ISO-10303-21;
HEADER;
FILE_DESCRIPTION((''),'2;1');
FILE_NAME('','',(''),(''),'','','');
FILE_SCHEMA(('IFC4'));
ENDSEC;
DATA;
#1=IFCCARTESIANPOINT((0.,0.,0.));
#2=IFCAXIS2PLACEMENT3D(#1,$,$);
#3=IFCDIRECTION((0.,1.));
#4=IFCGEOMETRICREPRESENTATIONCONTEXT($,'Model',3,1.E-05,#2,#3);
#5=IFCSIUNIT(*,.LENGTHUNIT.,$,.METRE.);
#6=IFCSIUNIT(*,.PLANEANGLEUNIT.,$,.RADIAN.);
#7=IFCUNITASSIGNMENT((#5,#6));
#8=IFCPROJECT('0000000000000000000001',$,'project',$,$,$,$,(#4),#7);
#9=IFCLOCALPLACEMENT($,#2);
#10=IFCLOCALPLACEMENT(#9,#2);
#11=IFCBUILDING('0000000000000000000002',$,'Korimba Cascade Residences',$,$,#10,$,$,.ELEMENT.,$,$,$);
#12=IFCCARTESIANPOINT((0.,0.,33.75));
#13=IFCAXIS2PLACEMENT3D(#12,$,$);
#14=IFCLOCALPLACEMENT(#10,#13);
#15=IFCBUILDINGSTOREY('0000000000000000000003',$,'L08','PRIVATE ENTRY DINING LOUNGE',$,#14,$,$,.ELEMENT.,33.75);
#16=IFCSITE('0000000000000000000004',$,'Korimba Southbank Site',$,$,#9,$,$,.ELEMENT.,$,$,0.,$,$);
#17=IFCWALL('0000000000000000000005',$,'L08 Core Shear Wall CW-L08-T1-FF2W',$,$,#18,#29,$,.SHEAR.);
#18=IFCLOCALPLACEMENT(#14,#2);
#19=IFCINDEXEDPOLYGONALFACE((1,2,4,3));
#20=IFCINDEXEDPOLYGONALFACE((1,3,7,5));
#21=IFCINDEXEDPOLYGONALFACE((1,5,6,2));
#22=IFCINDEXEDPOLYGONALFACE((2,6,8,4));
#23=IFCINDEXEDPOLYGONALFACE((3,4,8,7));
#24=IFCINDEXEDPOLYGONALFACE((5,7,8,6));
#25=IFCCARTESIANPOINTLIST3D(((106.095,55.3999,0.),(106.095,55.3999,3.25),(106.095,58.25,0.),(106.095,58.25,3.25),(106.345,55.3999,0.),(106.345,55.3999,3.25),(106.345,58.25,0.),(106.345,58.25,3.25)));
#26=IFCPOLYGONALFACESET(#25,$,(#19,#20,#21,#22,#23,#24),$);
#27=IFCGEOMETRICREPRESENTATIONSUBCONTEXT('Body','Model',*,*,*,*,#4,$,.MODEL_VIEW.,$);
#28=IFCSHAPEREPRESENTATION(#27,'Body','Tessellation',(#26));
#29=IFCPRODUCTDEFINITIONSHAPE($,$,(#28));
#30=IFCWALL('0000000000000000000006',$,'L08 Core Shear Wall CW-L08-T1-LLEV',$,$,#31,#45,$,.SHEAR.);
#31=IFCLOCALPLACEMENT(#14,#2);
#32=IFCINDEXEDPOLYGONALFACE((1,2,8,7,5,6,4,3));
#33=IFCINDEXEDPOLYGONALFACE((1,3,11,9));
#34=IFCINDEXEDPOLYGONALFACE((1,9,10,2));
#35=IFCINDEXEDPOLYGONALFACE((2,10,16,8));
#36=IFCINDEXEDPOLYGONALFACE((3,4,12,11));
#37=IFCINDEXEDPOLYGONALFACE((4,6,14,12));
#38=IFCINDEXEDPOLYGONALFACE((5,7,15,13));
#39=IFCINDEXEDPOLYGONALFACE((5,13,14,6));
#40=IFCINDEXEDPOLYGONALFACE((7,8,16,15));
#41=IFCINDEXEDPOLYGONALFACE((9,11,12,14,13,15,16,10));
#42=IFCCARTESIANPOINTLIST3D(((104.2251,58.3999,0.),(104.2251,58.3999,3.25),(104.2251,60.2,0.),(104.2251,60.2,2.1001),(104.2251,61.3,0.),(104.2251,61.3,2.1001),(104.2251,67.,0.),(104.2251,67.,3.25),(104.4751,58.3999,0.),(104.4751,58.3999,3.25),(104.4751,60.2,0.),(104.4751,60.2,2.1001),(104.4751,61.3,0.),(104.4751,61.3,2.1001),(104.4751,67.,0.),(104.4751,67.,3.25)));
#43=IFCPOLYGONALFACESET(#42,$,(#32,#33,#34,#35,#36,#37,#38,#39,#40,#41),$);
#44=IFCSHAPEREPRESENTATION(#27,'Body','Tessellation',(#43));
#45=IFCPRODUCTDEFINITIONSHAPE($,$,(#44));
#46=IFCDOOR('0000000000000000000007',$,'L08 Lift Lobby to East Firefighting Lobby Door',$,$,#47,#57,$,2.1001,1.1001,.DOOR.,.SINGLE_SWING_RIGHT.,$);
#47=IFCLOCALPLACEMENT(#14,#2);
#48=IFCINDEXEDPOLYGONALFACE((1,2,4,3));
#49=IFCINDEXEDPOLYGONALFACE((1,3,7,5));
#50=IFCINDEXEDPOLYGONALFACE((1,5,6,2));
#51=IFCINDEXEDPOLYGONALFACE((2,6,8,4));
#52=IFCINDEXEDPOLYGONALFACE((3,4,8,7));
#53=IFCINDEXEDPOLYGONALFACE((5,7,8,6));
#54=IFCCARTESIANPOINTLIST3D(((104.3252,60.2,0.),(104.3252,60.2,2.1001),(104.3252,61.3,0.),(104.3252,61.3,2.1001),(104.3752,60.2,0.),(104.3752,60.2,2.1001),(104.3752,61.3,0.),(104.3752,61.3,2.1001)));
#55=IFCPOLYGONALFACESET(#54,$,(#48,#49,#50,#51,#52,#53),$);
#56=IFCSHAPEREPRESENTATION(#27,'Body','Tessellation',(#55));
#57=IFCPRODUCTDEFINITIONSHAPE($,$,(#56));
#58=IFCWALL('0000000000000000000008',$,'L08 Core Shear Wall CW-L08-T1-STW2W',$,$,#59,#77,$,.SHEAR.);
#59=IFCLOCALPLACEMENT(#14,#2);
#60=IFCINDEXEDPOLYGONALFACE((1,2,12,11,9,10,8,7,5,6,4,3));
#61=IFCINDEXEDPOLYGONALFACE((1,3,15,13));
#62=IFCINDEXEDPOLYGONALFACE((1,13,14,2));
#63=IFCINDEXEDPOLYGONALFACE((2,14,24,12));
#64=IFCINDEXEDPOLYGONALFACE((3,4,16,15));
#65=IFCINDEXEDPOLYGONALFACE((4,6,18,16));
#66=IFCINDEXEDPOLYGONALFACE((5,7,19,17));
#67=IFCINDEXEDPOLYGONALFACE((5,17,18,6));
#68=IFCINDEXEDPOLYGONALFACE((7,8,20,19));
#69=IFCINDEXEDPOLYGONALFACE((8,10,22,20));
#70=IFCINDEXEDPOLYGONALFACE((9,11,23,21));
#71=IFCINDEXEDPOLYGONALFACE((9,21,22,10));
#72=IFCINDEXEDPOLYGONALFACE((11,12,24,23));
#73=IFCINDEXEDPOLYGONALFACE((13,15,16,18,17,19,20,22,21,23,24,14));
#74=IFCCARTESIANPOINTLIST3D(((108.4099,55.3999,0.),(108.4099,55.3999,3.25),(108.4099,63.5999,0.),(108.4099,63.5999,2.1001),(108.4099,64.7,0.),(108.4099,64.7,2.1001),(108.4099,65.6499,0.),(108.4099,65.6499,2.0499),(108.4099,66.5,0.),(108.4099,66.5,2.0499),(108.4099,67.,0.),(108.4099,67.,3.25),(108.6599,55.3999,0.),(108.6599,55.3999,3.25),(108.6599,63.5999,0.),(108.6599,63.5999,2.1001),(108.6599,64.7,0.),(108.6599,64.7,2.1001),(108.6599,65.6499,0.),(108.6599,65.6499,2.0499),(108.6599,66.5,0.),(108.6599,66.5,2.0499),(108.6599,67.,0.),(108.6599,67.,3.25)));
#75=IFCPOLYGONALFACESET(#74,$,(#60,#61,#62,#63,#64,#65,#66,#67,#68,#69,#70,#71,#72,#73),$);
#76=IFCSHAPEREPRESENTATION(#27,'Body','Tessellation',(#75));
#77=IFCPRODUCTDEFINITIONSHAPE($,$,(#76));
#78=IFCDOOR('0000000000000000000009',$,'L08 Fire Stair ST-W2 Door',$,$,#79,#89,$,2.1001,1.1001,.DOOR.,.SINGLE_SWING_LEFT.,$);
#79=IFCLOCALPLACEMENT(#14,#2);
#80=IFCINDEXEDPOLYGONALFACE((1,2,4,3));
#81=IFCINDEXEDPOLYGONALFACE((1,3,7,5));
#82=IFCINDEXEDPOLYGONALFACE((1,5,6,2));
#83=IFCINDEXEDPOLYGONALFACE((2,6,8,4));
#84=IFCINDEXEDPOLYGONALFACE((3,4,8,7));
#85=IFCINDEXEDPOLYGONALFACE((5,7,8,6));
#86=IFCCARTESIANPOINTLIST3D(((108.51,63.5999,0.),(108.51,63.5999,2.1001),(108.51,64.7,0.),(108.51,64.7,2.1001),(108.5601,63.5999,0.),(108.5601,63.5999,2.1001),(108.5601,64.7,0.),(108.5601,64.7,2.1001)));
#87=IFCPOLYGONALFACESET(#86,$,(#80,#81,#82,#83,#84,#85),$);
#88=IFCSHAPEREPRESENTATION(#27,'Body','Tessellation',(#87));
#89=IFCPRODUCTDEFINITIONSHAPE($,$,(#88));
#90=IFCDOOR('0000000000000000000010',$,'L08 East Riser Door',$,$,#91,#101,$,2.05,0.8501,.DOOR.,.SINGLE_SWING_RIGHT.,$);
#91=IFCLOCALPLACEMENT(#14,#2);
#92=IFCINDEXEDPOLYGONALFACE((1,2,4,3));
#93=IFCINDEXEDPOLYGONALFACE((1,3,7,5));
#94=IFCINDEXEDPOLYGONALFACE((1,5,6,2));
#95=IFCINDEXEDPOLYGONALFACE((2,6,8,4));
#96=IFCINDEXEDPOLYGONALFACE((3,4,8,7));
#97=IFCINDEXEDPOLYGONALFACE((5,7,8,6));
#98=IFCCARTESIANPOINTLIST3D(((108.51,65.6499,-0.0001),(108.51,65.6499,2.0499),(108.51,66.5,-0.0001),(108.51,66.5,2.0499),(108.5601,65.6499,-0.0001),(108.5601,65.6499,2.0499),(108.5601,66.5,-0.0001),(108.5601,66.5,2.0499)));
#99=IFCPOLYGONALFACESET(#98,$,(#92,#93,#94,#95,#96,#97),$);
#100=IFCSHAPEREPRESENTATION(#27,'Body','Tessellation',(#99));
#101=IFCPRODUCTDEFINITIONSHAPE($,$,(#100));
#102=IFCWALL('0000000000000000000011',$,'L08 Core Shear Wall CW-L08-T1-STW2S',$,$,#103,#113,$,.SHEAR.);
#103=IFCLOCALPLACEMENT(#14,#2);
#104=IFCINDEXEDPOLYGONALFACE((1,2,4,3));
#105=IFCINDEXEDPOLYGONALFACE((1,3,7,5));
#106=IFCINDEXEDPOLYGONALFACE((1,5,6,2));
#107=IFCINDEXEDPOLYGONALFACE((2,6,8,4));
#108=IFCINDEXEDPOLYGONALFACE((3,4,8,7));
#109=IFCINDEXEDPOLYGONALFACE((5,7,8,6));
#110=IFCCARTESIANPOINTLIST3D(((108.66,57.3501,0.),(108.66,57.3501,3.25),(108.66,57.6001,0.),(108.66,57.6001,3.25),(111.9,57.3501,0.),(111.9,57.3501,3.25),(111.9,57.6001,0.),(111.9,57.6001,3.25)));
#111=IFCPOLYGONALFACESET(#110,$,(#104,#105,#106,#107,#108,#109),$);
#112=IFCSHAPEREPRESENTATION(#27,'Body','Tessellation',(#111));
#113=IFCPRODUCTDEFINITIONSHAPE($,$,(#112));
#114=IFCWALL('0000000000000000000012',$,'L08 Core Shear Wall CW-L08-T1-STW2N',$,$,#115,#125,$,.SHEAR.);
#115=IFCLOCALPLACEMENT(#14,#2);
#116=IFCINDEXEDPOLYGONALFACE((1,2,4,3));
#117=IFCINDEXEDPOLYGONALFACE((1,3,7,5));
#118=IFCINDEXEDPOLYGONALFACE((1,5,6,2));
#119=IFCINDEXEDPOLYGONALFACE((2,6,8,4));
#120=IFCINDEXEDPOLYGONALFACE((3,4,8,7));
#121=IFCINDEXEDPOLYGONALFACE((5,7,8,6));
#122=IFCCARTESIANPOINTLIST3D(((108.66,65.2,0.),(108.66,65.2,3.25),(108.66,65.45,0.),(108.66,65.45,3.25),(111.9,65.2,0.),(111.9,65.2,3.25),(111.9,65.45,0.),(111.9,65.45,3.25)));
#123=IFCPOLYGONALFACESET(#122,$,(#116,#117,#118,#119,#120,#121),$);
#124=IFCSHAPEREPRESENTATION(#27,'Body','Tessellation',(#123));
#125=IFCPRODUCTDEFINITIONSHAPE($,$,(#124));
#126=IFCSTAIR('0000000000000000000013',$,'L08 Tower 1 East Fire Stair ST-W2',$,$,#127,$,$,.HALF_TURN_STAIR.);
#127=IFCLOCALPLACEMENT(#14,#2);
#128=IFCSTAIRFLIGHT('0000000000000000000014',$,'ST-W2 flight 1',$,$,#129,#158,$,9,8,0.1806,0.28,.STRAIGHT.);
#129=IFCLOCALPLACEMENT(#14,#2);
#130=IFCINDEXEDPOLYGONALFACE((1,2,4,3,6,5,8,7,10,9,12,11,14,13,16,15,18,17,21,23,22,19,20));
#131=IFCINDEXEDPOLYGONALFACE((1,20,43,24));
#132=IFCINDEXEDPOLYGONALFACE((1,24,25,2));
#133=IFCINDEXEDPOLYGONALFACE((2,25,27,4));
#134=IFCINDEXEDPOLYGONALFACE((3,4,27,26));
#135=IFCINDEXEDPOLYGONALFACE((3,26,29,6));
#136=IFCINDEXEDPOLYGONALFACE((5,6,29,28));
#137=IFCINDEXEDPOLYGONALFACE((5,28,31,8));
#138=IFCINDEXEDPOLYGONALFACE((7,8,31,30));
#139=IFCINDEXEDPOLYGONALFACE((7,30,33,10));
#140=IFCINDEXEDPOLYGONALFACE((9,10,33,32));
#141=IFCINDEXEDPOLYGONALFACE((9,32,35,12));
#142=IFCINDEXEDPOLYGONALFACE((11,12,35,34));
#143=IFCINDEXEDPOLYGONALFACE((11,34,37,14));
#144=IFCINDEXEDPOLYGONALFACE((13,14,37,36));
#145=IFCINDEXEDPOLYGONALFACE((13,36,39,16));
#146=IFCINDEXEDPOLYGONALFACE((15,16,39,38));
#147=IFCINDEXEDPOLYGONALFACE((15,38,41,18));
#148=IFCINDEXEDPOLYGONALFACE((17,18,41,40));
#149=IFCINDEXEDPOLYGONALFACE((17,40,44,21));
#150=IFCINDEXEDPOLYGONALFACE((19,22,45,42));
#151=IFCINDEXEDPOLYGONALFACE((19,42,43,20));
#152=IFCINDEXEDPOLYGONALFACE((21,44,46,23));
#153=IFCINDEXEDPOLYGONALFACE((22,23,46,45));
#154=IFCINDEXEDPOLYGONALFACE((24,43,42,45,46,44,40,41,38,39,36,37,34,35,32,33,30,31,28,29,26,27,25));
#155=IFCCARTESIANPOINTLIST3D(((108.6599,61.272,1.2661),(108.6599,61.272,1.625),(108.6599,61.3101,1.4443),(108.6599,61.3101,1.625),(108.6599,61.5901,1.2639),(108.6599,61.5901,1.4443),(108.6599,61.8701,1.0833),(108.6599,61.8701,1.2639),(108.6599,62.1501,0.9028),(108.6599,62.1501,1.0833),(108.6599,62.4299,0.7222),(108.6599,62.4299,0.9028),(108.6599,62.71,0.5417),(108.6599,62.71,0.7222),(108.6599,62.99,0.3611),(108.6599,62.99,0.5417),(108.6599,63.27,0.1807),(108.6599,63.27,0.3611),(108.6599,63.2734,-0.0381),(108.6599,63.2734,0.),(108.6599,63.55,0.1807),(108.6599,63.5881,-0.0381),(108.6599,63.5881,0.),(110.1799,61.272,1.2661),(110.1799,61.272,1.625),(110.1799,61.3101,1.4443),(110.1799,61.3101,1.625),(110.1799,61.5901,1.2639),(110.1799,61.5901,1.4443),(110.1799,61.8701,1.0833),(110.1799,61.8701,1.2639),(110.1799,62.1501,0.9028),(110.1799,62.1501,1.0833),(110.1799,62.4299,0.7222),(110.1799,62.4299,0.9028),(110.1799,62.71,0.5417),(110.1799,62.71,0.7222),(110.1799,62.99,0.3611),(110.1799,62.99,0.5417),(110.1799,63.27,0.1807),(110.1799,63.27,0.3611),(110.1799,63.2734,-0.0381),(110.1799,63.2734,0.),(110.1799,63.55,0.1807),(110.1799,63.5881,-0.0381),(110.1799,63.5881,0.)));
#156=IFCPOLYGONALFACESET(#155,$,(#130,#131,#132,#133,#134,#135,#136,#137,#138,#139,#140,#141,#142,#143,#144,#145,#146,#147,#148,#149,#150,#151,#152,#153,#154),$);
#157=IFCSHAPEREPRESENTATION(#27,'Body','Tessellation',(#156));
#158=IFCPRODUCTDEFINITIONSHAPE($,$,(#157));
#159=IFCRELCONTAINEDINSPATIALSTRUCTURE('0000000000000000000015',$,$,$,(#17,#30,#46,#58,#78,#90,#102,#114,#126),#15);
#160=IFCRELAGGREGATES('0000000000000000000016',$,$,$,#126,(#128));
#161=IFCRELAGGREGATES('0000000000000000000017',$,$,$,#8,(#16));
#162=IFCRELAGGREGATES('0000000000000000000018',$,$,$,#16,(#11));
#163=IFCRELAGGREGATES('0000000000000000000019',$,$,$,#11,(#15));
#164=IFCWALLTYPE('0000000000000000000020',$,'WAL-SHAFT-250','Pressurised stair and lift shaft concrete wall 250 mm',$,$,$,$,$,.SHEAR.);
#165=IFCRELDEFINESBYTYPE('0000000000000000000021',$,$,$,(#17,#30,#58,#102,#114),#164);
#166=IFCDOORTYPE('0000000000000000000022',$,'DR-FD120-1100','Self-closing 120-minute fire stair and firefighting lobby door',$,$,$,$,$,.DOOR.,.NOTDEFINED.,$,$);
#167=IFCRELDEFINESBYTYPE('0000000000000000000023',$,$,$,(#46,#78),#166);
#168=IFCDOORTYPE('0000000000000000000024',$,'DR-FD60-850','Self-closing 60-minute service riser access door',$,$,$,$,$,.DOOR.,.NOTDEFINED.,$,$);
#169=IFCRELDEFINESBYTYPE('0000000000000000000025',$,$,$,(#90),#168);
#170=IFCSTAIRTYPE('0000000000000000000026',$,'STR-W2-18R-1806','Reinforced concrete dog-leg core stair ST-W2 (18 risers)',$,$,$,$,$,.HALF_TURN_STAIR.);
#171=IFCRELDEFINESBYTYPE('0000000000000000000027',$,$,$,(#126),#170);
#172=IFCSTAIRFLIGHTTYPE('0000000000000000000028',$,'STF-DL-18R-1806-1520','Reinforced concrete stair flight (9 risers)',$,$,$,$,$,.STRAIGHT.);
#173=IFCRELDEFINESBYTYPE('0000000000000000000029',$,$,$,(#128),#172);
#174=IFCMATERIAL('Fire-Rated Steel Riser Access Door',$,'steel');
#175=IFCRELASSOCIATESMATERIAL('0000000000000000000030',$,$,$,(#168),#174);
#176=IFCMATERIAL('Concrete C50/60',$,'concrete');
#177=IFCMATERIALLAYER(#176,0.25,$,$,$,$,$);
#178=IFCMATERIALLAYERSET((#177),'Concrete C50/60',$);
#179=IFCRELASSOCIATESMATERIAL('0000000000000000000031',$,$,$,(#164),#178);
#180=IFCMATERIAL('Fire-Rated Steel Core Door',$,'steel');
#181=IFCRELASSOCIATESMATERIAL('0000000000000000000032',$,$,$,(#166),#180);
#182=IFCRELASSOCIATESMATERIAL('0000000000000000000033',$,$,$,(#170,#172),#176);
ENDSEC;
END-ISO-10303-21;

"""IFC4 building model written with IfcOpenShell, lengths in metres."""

from ifc_helpers import new_model, si_unit, direction, frame, frame_2d, origin, place, context, subcontext, project, spatial, polyline, rectangle, outline, extrude, material, layer, layer_set, type_object, element, fill, aggregate, save


model = new_model("IFC4")

# Units and contexts
model_context = context("Model", 3, precision=1e-05, world=origin(), true_north=direction((0.0, 1.0)))
body_context = subcontext(model_context, "Body", "Model", "MODEL_VIEW")
ifc_project = project(units=[si_unit("LENGTHUNIT", "METRE"), si_unit("PLANEANGLEUNIT", "RADIAN")], contexts=[model_context])

# Site, building, storey
site_placement = place(None, origin())
site = spatial("IfcSite", under=ifc_project, at=site_placement, Name="Korimba Southbank Site", CompositionType="ELEMENT", RefElevation=0.0)
building_placement = place(site_placement, origin())
building = spatial("IfcBuilding", under=site, at=building_placement, Name="Korimba Cascade Residences", CompositionType="ELEMENT")
storey_placement = place(building_placement, frame((0.0, 0.0, 33.75)))
storey = spatial("IfcBuildingStorey", under=building, at=storey_placement, Name="L08", Description="PRIVATE ENTRY DINING LOUNGE", CompositionType="ELEMENT", Elevation=33.75)

# Shared definitions
ifc_material_1 = material(Name="Concrete C50/60", Category="concrete")

# Shared definitions
ifc_material_2 = material(Name="Fire-Rated Steel Riser Access Door", Category="steel")
door_type_1 = type_object("IfcDoorType", Name="DR-FD60-850", Description="Self-closing 60-minute service riser access door", OperationType="NOTDEFINED", PredefinedType="DOOR", material=ifc_material_2)

# Wall
ifc_layer_1 = layer(ifc_material_1, 0.25)
ifc_layer_set_1 = layer_set([ifc_layer_1], Name="Concrete C50/60")
wall_type_1 = type_object("IfcWallType", Name="WAL-SHAFT-250", Description="Pressurised stair and lift shaft concrete wall 250 mm", PredefinedType="SHEAR", material=ifc_layer_set_1)
wall_1_placement = place(storey_placement, frame((106.22, 55.3999, 0.0), z_axis=(0.0, 0.0, 1.0), x_axis=(0.0, 1.0, 0.0)))
element("IfcWall", 1, at=wall_1_placement, inside=storey, type_object=wall_type_1, Name="L08 Core Shear Wall CW-L08-T1-FF2W", PredefinedType="SHEAR", context=body_context, shape_type="SweptSolid", body=[
    extrude(rectangle(XDim=2.8501, YDim=0.25, at=frame_2d((1.425, 0.0))), origin(), (0.0, 0.0, 1.0), 3.25),
])

# Wall, opening, door
wall_2_placement = place(storey_placement, frame((104.3501, 58.3999, 0.0), z_axis=(0.0, 0.0, 1.0), x_axis=(0.0, 1.0, 0.0)))
wall_2 = element("IfcWall", 2, at=wall_2_placement, inside=storey, type_object=wall_type_1, Name="L08 Core Shear Wall CW-L08-T1-LLEV", PredefinedType="SHEAR", context=body_context, shape_type="SweptSolid", body=[
    extrude(rectangle(XDim=8.6001, YDim=0.25, at=frame_2d((4.3, 0.0))), origin(), (0.0, 0.0, 1.0), 3.25),
])
opening_1_placement = place(wall_2_placement, frame((1.8, 0.0, 0.0)))
opening_1 = element("IfcOpeningElement", 3, at=opening_1_placement, cuts=wall_2, PredefinedType="OPENING", context=body_context, shape_type="SweptSolid", body=[
    extrude(rectangle(XDim=1.1001, YDim=2.1001, at=frame_2d((0.55, 1.05))), frame((0.0, 0.135, 0.0), z_axis=(0.0, -1.0, 0.0), x_axis=(1.0, 0.0, 0.0)), (0.0, 0.0, 1.0), 0.27),
])
ifc_material_3 = material(Name="Fire-Rated Steel Core Door", Category="steel")
door_type_2 = type_object("IfcDoorType", Name="DR-FD120-1100", Description="Self-closing 120-minute fire stair and firefighting lobby door", OperationType="NOTDEFINED", PredefinedType="DOOR", material=ifc_material_3)
door_1_placement = place(opening_1_placement, origin())
door_1 = element("IfcDoor", 4, at=door_1_placement, inside=storey, type_object=door_type_2, Name="L08 Lift Lobby to East Firefighting Lobby Door", OperationType="SINGLE_SWING_RIGHT", OverallHeight=2.1001, OverallWidth=1.1001, PredefinedType="DOOR", context=body_context, shape_type="SweptSolid", body=[
    extrude(rectangle(XDim=1.1001, YDim=2.1001, at=frame_2d((0.55, 1.05))), frame((0.0, 0.0249, 0.0), z_axis=(0.0, -1.0, 0.0), x_axis=(1.0, 0.0, 0.0)), (0.0, 0.0, 1.0), 0.05),
])
fill(opening_1, door_1)

# Wall, openings, doors
wall_3_placement = place(storey_placement, frame((108.5349, 55.3999, 0.0), z_axis=(0.0, 0.0, 1.0), x_axis=(0.0, 1.0, 0.0)))
wall_3 = element("IfcWall", 5, at=wall_3_placement, inside=storey, type_object=wall_type_1, Name="L08 Core Shear Wall CW-L08-T1-STW2W", PredefinedType="SHEAR", context=body_context, shape_type="SweptSolid", body=[
    extrude(rectangle(XDim=11.6001, YDim=0.25, at=frame_2d((5.8, 0.0))), origin(), (0.0, 0.0, 1.0), 3.25),
])
opening_2_placement = place(wall_3_placement, frame((8.2, 0.0, 0.0)))
opening_2 = element("IfcOpeningElement", 6, at=opening_2_placement, cuts=wall_3, PredefinedType="OPENING", context=body_context, shape_type="SweptSolid", body=[
    extrude(rectangle(XDim=1.1001, YDim=2.1001, at=frame_2d((0.55, 1.05))), frame((0.0, 0.135, 0.0), z_axis=(0.0, -1.0, 0.0), x_axis=(1.0, 0.0, 0.0)), (0.0, 0.0, 1.0), 0.27),
])
opening_3_placement = place(wall_3_placement, frame((10.25, 0.0, 0.0)))
opening_3 = element("IfcOpeningElement", 7, at=opening_3_placement, cuts=wall_3, PredefinedType="OPENING", context=body_context, shape_type="SweptSolid", body=[
    extrude(rectangle(XDim=0.8501, YDim=2.05, at=frame_2d((0.425, 1.0249))), frame((0.0, 0.135, 0.0), z_axis=(0.0, -1.0, 0.0), x_axis=(1.0, 0.0, 0.0)), (0.0, 0.0, 1.0), 0.27),
])
door_2_placement = place(opening_2_placement, origin())
door_2 = element("IfcDoor", 8, at=door_2_placement, inside=storey, type_object=door_type_2, Name="L08 Fire Stair ST-W2 Door", OperationType="SINGLE_SWING_LEFT", OverallHeight=2.1001, OverallWidth=1.1001, PredefinedType="DOOR", context=body_context, shape_type="SweptSolid", body=[
    extrude(rectangle(XDim=1.1001, YDim=2.1001, at=frame_2d((0.55, 1.05))), frame((0.0, 0.0249, 0.0), z_axis=(0.0, -1.0, 0.0), x_axis=(1.0, 0.0, 0.0)), (0.0, 0.0, 1.0), 0.05),
])
fill(opening_2, door_2)
door_3_placement = place(opening_3_placement, origin())
door_3 = element("IfcDoor", 9, at=door_3_placement, inside=storey, type_object=door_type_1, Name="L08 East Riser Door", OperationType="SINGLE_SWING_RIGHT", OverallHeight=2.05, OverallWidth=0.8501, PredefinedType="DOOR", context=body_context, shape_type="SweptSolid", body=[
    extrude(rectangle(XDim=0.8501, YDim=2.05, at=frame_2d((0.425, 1.0249))), frame((0.0, 0.0249, 0.0), z_axis=(0.0, -1.0, 0.0), x_axis=(1.0, 0.0, 0.0)), (0.0, 0.0, 1.0), 0.05),
])
fill(opening_3, door_3)

# Walls
for number, where, z_axis, x_axis, name in (
    (10, (108.6599, 57.4751, 0.0), (0.0, 0.0, 1.0), (1.0, 0.0, 0.0), "L08 Core Shear Wall CW-L08-T1-STW2S"),
    (11, (108.6599, 65.325, 0.0), (0.0, 0.0, 1.0), (1.0, 0.0, 0.0), "L08 Core Shear Wall CW-L08-T1-STW2N"),
):
    element("IfcWall", number, at=place(storey_placement, frame(where, z_axis=z_axis, x_axis=x_axis)), inside=storey, type_object=wall_type_1, Name=name, PredefinedType="SHEAR", context=body_context, shape_type="SweptSolid", body=[
        extrude(rectangle(XDim=3.24, YDim=0.25, at=frame_2d((1.6201, 0.0))), origin(), (0.0, 0.0, 1.0), 3.25),
    ])

# Stair, stair flight
stair_type = type_object("IfcStairType", Name="STR-W2-18R-1806", Description="Reinforced concrete dog-leg core stair ST-W2 (18 risers)", PredefinedType="HALF_TURN_STAIR", material=ifc_material_1)
stair_placement = place(storey_placement, origin())
stair = element("IfcStair", 12, at=stair_placement, inside=storey, type_object=stair_type, Name="L08 Tower 1 East Fire Stair ST-W2", PredefinedType="HALF_TURN_STAIR")
stair_flight_type = type_object("IfcStairFlightType", Name="STF-DL-18R-1806-1520", Description="Reinforced concrete stair flight (9 risers)", PredefinedType="STRAIGHT", material=ifc_material_1)
stair_flight_1_placement = place(storey_placement, frame((109.4199, 63.55, 0.0), z_axis=(0.0, 0.0, 1.0), x_axis=(0.0, -1.0, 0.0)))
stair_flight_1 = element("IfcStairFlight", 13, at=stair_flight_1_placement, type_object=stair_flight_type, Name="ST-W2 flight 1", NumberOfRisers=9, NumberOfTreads=8, PredefinedType="STRAIGHT", RiserHeight=0.1806, TreadLength=0.28, context=body_context, shape_type="SweptSolid", body=[
    extrude(outline(polyline([(-0.0381, 0.0), (0.0, 0.1807), (0.28, 0.1807), (0.28, 0.3611), (0.5601, 0.3611), (0.5601, 0.5417), (0.8401, 0.5417), (0.8401, 0.7222), (1.1201, 0.7222), (1.1201, 0.9028), (1.3999, 0.9028), (1.3999, 1.0833), (1.6799, 1.0833), (1.6799, 1.2639), (1.96, 1.2639), (1.96, 1.4443), (2.24, 1.4443), (2.24, 1.625), (2.2781, 1.625), (2.2781, 1.2661), (0.2766, 0.0), (0.2766, -0.0381), (-0.0381, -0.0381), (-0.0381, 0.0)])), frame((0.0, 0.76, 0.0), z_axis=(0.0, -1.0, 0.0), x_axis=(1.0, 0.0, 0.0)), (0.0, 0.0, 1.0), 1.52),
])
aggregate(stair, [stair_flight_1])

save(model, "model.ifc")
